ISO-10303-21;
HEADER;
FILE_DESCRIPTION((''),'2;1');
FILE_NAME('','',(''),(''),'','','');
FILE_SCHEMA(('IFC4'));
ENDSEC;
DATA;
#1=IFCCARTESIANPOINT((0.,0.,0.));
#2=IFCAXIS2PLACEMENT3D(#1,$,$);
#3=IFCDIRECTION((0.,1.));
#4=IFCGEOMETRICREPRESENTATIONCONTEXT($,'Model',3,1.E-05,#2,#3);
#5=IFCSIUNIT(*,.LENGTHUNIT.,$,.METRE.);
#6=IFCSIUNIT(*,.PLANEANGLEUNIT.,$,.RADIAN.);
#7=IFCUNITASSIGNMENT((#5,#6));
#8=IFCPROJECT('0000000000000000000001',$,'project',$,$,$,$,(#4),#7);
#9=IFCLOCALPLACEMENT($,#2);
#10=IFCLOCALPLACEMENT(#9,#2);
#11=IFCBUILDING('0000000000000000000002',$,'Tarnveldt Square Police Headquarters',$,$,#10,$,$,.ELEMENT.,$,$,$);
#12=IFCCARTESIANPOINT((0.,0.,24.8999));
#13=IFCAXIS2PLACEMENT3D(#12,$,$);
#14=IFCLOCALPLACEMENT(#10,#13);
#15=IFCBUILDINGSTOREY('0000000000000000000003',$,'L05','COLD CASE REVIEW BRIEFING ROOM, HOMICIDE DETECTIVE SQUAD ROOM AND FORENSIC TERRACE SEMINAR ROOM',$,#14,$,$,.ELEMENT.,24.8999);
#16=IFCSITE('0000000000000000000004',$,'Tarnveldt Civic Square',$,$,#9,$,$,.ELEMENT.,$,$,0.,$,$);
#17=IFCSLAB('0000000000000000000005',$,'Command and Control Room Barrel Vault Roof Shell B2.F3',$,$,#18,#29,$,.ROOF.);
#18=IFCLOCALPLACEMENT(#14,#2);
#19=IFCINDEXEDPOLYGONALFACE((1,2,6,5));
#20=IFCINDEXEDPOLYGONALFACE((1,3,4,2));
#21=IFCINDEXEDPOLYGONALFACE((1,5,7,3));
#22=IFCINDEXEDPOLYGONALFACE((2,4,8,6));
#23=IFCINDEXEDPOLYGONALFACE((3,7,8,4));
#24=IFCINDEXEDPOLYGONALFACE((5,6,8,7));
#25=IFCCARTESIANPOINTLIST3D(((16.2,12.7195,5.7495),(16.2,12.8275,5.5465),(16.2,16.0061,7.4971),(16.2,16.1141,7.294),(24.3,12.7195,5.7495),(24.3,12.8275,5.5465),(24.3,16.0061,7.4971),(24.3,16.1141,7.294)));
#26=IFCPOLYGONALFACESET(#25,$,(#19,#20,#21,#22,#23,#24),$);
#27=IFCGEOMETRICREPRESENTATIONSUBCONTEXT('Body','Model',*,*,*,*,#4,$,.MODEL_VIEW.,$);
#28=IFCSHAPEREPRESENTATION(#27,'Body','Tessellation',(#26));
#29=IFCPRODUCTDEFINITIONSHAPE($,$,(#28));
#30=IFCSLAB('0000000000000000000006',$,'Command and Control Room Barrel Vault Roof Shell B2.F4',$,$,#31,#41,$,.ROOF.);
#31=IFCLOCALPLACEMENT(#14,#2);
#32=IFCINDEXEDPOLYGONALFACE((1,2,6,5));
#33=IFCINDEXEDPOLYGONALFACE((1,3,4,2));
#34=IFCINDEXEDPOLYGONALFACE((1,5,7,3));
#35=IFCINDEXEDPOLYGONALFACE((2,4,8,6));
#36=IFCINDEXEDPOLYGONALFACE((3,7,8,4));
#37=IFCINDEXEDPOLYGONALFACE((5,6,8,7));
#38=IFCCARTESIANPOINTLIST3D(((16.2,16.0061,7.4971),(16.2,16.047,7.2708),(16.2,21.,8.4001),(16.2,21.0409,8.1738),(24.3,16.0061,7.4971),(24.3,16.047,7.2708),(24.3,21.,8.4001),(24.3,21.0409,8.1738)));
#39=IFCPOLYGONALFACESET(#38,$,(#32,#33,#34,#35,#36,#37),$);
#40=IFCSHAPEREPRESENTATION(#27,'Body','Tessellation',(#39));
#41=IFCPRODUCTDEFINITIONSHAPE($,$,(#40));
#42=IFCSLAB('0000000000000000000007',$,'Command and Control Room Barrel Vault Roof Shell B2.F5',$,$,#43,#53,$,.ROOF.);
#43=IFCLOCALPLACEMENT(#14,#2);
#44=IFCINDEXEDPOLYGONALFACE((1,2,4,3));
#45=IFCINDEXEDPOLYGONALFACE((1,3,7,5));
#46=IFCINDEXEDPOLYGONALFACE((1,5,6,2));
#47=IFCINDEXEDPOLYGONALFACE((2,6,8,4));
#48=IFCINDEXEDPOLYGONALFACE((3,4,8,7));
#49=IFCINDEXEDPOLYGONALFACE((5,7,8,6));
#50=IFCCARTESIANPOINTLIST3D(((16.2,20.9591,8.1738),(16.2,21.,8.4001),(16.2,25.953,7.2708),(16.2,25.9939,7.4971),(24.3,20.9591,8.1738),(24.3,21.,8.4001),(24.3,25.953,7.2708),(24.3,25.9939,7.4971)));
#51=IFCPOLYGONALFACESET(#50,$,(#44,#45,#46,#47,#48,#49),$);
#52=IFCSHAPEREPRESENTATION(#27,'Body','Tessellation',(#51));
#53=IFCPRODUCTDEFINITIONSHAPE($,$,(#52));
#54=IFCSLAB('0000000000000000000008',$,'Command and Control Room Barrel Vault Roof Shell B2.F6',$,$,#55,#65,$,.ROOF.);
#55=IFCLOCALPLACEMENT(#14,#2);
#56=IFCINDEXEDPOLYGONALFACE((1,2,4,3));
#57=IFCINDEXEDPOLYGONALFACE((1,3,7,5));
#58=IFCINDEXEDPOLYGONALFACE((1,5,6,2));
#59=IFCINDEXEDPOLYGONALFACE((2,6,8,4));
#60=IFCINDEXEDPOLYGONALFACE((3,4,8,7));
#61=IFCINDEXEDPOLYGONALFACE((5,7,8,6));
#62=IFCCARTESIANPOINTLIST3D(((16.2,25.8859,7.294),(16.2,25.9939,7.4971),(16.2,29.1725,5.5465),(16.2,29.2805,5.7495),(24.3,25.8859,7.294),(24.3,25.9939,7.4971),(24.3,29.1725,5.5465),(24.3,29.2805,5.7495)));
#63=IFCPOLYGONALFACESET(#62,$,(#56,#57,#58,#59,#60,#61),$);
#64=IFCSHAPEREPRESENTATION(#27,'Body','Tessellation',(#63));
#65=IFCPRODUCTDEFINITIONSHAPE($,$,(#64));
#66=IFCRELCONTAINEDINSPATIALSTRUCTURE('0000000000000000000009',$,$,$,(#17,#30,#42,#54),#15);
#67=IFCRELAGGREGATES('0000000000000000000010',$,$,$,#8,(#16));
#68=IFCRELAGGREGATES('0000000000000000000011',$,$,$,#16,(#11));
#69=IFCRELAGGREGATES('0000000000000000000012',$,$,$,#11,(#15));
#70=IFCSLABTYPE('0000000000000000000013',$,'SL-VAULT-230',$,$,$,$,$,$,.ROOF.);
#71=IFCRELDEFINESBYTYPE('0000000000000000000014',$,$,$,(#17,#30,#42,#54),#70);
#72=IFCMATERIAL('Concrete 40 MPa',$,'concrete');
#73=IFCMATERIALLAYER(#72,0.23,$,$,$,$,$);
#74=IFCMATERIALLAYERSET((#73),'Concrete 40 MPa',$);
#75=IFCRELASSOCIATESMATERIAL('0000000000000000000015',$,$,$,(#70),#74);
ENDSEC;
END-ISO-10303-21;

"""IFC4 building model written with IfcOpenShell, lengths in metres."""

from ifc_helpers import new_model, si_unit, direction, frame, origin, place, context, subcontext, project, spatial, polyline, outline, extrude, material, layer, layer_set, type_object, element, save


model = new_model("IFC4")

# Units and contexts
model_context = context("Model", 3, precision=1e-05, world=origin(), true_north=direction((0.0, 1.0)))
body_context = subcontext(model_context, "Body", "Model", "MODEL_VIEW")
ifc_project = project(units=[si_unit("LENGTHUNIT", "METRE"), si_unit("PLANEANGLEUNIT", "RADIAN")], contexts=[model_context])

# Site, building, storey
site_placement = place(None, origin())
site = spatial("IfcSite", under=ifc_project, at=site_placement, Name="Tarnveldt Civic Square", CompositionType="ELEMENT", RefElevation=0.0)
building_placement = place(site_placement, origin())
building = spatial("IfcBuilding", under=site, at=building_placement, Name="Tarnveldt Square Police Headquarters", CompositionType="ELEMENT")
storey_placement = place(building_placement, frame((0.0, 0.0, 24.8999)))
storey = spatial("IfcBuildingStorey", under=building, at=storey_placement, Name="L05", Description="COLD CASE REVIEW BRIEFING ROOM, HOMICIDE DETECTIVE SQUAD ROOM AND FORENSIC TERRACE SEMINAR ROOM", CompositionType="ELEMENT", Elevation=24.8999)

# Shared definitions
ifc_material = material(Name="Concrete 40 MPa", Category="concrete")

# Slabs
ifc_layer = layer(ifc_material, 0.23)
ifc_layer_set = layer_set([ifc_layer], Name="Concrete 40 MPa")
slab_type = type_object("IfcSlabType", Name="SL-VAULT-230", PredefinedType="ROOF", material=ifc_layer_set)
slab_1_placement = place(storey_placement, frame((16.2, 12.7195, 5.7495), z_axis=(0.0, -0.469478, 0.882944), x_axis=(1.0, 0.0, 0.0)))
element("IfcSlab", 1, at=slab_1_placement, inside=storey, type_object=slab_type, Name="Command and Control Room Barrel Vault Roof Shell B2.F3", PredefinedType="ROOF", context=body_context, shape_type="SweptSolid", body=[
    extrude(outline(polyline([(0.0, 0.0), (8.1001, 0.0), (8.1001, 3.7223), (0.0, 3.7223), (0.0, 0.0)])), origin(), (0.0, 0.0, -1.0), 0.23),
])
for number, where, z_axis, x_axis, name in (
    (2, (16.2, 16.0061, 7.4971), (0.0, -0.17795, 0.98404), (1.0, 0.0, 0.0), "Command and Control Room Barrel Vault Roof Shell B2.F4"),
    (3, (16.2, 21.0, 8.4001), (0.0, 0.17795, 0.98404), (1.0, 0.0, 0.0), "Command and Control Room Barrel Vault Roof Shell B2.F5"),
):
    element("IfcSlab", number, at=place(storey_placement, frame(where, z_axis=z_axis, x_axis=x_axis)), inside=storey, type_object=slab_type, Name=name, PredefinedType="ROOF", context=body_context, shape_type="SweptSolid", body=[
        extrude(outline(polyline([(0.0, 0.0), (8.1001, 0.0), (8.1001, 5.0749), (0.0, 5.0749), (0.0, 0.0)])), origin(), (0.0, 0.0, -1.0), 0.23),
    ])
slab_2_placement = place(storey_placement, frame((16.2, 25.9939, 7.4971), z_axis=(0.0, 0.469478, 0.882944), x_axis=(1.0, 0.0, 0.0)))
element("IfcSlab", 4, at=slab_2_placement, inside=storey, type_object=slab_type, Name="Command and Control Room Barrel Vault Roof Shell B2.F6", PredefinedType="ROOF", context=body_context, shape_type="SweptSolid", body=[
    extrude(outline(polyline([(0.0, 0.0), (8.1001, 0.0), (8.1001, 3.7223), (0.0, 3.7223), (0.0, 0.0)])), origin(), (0.0, 0.0, -1.0), 0.23),
])

save(model, "model.ifc")
